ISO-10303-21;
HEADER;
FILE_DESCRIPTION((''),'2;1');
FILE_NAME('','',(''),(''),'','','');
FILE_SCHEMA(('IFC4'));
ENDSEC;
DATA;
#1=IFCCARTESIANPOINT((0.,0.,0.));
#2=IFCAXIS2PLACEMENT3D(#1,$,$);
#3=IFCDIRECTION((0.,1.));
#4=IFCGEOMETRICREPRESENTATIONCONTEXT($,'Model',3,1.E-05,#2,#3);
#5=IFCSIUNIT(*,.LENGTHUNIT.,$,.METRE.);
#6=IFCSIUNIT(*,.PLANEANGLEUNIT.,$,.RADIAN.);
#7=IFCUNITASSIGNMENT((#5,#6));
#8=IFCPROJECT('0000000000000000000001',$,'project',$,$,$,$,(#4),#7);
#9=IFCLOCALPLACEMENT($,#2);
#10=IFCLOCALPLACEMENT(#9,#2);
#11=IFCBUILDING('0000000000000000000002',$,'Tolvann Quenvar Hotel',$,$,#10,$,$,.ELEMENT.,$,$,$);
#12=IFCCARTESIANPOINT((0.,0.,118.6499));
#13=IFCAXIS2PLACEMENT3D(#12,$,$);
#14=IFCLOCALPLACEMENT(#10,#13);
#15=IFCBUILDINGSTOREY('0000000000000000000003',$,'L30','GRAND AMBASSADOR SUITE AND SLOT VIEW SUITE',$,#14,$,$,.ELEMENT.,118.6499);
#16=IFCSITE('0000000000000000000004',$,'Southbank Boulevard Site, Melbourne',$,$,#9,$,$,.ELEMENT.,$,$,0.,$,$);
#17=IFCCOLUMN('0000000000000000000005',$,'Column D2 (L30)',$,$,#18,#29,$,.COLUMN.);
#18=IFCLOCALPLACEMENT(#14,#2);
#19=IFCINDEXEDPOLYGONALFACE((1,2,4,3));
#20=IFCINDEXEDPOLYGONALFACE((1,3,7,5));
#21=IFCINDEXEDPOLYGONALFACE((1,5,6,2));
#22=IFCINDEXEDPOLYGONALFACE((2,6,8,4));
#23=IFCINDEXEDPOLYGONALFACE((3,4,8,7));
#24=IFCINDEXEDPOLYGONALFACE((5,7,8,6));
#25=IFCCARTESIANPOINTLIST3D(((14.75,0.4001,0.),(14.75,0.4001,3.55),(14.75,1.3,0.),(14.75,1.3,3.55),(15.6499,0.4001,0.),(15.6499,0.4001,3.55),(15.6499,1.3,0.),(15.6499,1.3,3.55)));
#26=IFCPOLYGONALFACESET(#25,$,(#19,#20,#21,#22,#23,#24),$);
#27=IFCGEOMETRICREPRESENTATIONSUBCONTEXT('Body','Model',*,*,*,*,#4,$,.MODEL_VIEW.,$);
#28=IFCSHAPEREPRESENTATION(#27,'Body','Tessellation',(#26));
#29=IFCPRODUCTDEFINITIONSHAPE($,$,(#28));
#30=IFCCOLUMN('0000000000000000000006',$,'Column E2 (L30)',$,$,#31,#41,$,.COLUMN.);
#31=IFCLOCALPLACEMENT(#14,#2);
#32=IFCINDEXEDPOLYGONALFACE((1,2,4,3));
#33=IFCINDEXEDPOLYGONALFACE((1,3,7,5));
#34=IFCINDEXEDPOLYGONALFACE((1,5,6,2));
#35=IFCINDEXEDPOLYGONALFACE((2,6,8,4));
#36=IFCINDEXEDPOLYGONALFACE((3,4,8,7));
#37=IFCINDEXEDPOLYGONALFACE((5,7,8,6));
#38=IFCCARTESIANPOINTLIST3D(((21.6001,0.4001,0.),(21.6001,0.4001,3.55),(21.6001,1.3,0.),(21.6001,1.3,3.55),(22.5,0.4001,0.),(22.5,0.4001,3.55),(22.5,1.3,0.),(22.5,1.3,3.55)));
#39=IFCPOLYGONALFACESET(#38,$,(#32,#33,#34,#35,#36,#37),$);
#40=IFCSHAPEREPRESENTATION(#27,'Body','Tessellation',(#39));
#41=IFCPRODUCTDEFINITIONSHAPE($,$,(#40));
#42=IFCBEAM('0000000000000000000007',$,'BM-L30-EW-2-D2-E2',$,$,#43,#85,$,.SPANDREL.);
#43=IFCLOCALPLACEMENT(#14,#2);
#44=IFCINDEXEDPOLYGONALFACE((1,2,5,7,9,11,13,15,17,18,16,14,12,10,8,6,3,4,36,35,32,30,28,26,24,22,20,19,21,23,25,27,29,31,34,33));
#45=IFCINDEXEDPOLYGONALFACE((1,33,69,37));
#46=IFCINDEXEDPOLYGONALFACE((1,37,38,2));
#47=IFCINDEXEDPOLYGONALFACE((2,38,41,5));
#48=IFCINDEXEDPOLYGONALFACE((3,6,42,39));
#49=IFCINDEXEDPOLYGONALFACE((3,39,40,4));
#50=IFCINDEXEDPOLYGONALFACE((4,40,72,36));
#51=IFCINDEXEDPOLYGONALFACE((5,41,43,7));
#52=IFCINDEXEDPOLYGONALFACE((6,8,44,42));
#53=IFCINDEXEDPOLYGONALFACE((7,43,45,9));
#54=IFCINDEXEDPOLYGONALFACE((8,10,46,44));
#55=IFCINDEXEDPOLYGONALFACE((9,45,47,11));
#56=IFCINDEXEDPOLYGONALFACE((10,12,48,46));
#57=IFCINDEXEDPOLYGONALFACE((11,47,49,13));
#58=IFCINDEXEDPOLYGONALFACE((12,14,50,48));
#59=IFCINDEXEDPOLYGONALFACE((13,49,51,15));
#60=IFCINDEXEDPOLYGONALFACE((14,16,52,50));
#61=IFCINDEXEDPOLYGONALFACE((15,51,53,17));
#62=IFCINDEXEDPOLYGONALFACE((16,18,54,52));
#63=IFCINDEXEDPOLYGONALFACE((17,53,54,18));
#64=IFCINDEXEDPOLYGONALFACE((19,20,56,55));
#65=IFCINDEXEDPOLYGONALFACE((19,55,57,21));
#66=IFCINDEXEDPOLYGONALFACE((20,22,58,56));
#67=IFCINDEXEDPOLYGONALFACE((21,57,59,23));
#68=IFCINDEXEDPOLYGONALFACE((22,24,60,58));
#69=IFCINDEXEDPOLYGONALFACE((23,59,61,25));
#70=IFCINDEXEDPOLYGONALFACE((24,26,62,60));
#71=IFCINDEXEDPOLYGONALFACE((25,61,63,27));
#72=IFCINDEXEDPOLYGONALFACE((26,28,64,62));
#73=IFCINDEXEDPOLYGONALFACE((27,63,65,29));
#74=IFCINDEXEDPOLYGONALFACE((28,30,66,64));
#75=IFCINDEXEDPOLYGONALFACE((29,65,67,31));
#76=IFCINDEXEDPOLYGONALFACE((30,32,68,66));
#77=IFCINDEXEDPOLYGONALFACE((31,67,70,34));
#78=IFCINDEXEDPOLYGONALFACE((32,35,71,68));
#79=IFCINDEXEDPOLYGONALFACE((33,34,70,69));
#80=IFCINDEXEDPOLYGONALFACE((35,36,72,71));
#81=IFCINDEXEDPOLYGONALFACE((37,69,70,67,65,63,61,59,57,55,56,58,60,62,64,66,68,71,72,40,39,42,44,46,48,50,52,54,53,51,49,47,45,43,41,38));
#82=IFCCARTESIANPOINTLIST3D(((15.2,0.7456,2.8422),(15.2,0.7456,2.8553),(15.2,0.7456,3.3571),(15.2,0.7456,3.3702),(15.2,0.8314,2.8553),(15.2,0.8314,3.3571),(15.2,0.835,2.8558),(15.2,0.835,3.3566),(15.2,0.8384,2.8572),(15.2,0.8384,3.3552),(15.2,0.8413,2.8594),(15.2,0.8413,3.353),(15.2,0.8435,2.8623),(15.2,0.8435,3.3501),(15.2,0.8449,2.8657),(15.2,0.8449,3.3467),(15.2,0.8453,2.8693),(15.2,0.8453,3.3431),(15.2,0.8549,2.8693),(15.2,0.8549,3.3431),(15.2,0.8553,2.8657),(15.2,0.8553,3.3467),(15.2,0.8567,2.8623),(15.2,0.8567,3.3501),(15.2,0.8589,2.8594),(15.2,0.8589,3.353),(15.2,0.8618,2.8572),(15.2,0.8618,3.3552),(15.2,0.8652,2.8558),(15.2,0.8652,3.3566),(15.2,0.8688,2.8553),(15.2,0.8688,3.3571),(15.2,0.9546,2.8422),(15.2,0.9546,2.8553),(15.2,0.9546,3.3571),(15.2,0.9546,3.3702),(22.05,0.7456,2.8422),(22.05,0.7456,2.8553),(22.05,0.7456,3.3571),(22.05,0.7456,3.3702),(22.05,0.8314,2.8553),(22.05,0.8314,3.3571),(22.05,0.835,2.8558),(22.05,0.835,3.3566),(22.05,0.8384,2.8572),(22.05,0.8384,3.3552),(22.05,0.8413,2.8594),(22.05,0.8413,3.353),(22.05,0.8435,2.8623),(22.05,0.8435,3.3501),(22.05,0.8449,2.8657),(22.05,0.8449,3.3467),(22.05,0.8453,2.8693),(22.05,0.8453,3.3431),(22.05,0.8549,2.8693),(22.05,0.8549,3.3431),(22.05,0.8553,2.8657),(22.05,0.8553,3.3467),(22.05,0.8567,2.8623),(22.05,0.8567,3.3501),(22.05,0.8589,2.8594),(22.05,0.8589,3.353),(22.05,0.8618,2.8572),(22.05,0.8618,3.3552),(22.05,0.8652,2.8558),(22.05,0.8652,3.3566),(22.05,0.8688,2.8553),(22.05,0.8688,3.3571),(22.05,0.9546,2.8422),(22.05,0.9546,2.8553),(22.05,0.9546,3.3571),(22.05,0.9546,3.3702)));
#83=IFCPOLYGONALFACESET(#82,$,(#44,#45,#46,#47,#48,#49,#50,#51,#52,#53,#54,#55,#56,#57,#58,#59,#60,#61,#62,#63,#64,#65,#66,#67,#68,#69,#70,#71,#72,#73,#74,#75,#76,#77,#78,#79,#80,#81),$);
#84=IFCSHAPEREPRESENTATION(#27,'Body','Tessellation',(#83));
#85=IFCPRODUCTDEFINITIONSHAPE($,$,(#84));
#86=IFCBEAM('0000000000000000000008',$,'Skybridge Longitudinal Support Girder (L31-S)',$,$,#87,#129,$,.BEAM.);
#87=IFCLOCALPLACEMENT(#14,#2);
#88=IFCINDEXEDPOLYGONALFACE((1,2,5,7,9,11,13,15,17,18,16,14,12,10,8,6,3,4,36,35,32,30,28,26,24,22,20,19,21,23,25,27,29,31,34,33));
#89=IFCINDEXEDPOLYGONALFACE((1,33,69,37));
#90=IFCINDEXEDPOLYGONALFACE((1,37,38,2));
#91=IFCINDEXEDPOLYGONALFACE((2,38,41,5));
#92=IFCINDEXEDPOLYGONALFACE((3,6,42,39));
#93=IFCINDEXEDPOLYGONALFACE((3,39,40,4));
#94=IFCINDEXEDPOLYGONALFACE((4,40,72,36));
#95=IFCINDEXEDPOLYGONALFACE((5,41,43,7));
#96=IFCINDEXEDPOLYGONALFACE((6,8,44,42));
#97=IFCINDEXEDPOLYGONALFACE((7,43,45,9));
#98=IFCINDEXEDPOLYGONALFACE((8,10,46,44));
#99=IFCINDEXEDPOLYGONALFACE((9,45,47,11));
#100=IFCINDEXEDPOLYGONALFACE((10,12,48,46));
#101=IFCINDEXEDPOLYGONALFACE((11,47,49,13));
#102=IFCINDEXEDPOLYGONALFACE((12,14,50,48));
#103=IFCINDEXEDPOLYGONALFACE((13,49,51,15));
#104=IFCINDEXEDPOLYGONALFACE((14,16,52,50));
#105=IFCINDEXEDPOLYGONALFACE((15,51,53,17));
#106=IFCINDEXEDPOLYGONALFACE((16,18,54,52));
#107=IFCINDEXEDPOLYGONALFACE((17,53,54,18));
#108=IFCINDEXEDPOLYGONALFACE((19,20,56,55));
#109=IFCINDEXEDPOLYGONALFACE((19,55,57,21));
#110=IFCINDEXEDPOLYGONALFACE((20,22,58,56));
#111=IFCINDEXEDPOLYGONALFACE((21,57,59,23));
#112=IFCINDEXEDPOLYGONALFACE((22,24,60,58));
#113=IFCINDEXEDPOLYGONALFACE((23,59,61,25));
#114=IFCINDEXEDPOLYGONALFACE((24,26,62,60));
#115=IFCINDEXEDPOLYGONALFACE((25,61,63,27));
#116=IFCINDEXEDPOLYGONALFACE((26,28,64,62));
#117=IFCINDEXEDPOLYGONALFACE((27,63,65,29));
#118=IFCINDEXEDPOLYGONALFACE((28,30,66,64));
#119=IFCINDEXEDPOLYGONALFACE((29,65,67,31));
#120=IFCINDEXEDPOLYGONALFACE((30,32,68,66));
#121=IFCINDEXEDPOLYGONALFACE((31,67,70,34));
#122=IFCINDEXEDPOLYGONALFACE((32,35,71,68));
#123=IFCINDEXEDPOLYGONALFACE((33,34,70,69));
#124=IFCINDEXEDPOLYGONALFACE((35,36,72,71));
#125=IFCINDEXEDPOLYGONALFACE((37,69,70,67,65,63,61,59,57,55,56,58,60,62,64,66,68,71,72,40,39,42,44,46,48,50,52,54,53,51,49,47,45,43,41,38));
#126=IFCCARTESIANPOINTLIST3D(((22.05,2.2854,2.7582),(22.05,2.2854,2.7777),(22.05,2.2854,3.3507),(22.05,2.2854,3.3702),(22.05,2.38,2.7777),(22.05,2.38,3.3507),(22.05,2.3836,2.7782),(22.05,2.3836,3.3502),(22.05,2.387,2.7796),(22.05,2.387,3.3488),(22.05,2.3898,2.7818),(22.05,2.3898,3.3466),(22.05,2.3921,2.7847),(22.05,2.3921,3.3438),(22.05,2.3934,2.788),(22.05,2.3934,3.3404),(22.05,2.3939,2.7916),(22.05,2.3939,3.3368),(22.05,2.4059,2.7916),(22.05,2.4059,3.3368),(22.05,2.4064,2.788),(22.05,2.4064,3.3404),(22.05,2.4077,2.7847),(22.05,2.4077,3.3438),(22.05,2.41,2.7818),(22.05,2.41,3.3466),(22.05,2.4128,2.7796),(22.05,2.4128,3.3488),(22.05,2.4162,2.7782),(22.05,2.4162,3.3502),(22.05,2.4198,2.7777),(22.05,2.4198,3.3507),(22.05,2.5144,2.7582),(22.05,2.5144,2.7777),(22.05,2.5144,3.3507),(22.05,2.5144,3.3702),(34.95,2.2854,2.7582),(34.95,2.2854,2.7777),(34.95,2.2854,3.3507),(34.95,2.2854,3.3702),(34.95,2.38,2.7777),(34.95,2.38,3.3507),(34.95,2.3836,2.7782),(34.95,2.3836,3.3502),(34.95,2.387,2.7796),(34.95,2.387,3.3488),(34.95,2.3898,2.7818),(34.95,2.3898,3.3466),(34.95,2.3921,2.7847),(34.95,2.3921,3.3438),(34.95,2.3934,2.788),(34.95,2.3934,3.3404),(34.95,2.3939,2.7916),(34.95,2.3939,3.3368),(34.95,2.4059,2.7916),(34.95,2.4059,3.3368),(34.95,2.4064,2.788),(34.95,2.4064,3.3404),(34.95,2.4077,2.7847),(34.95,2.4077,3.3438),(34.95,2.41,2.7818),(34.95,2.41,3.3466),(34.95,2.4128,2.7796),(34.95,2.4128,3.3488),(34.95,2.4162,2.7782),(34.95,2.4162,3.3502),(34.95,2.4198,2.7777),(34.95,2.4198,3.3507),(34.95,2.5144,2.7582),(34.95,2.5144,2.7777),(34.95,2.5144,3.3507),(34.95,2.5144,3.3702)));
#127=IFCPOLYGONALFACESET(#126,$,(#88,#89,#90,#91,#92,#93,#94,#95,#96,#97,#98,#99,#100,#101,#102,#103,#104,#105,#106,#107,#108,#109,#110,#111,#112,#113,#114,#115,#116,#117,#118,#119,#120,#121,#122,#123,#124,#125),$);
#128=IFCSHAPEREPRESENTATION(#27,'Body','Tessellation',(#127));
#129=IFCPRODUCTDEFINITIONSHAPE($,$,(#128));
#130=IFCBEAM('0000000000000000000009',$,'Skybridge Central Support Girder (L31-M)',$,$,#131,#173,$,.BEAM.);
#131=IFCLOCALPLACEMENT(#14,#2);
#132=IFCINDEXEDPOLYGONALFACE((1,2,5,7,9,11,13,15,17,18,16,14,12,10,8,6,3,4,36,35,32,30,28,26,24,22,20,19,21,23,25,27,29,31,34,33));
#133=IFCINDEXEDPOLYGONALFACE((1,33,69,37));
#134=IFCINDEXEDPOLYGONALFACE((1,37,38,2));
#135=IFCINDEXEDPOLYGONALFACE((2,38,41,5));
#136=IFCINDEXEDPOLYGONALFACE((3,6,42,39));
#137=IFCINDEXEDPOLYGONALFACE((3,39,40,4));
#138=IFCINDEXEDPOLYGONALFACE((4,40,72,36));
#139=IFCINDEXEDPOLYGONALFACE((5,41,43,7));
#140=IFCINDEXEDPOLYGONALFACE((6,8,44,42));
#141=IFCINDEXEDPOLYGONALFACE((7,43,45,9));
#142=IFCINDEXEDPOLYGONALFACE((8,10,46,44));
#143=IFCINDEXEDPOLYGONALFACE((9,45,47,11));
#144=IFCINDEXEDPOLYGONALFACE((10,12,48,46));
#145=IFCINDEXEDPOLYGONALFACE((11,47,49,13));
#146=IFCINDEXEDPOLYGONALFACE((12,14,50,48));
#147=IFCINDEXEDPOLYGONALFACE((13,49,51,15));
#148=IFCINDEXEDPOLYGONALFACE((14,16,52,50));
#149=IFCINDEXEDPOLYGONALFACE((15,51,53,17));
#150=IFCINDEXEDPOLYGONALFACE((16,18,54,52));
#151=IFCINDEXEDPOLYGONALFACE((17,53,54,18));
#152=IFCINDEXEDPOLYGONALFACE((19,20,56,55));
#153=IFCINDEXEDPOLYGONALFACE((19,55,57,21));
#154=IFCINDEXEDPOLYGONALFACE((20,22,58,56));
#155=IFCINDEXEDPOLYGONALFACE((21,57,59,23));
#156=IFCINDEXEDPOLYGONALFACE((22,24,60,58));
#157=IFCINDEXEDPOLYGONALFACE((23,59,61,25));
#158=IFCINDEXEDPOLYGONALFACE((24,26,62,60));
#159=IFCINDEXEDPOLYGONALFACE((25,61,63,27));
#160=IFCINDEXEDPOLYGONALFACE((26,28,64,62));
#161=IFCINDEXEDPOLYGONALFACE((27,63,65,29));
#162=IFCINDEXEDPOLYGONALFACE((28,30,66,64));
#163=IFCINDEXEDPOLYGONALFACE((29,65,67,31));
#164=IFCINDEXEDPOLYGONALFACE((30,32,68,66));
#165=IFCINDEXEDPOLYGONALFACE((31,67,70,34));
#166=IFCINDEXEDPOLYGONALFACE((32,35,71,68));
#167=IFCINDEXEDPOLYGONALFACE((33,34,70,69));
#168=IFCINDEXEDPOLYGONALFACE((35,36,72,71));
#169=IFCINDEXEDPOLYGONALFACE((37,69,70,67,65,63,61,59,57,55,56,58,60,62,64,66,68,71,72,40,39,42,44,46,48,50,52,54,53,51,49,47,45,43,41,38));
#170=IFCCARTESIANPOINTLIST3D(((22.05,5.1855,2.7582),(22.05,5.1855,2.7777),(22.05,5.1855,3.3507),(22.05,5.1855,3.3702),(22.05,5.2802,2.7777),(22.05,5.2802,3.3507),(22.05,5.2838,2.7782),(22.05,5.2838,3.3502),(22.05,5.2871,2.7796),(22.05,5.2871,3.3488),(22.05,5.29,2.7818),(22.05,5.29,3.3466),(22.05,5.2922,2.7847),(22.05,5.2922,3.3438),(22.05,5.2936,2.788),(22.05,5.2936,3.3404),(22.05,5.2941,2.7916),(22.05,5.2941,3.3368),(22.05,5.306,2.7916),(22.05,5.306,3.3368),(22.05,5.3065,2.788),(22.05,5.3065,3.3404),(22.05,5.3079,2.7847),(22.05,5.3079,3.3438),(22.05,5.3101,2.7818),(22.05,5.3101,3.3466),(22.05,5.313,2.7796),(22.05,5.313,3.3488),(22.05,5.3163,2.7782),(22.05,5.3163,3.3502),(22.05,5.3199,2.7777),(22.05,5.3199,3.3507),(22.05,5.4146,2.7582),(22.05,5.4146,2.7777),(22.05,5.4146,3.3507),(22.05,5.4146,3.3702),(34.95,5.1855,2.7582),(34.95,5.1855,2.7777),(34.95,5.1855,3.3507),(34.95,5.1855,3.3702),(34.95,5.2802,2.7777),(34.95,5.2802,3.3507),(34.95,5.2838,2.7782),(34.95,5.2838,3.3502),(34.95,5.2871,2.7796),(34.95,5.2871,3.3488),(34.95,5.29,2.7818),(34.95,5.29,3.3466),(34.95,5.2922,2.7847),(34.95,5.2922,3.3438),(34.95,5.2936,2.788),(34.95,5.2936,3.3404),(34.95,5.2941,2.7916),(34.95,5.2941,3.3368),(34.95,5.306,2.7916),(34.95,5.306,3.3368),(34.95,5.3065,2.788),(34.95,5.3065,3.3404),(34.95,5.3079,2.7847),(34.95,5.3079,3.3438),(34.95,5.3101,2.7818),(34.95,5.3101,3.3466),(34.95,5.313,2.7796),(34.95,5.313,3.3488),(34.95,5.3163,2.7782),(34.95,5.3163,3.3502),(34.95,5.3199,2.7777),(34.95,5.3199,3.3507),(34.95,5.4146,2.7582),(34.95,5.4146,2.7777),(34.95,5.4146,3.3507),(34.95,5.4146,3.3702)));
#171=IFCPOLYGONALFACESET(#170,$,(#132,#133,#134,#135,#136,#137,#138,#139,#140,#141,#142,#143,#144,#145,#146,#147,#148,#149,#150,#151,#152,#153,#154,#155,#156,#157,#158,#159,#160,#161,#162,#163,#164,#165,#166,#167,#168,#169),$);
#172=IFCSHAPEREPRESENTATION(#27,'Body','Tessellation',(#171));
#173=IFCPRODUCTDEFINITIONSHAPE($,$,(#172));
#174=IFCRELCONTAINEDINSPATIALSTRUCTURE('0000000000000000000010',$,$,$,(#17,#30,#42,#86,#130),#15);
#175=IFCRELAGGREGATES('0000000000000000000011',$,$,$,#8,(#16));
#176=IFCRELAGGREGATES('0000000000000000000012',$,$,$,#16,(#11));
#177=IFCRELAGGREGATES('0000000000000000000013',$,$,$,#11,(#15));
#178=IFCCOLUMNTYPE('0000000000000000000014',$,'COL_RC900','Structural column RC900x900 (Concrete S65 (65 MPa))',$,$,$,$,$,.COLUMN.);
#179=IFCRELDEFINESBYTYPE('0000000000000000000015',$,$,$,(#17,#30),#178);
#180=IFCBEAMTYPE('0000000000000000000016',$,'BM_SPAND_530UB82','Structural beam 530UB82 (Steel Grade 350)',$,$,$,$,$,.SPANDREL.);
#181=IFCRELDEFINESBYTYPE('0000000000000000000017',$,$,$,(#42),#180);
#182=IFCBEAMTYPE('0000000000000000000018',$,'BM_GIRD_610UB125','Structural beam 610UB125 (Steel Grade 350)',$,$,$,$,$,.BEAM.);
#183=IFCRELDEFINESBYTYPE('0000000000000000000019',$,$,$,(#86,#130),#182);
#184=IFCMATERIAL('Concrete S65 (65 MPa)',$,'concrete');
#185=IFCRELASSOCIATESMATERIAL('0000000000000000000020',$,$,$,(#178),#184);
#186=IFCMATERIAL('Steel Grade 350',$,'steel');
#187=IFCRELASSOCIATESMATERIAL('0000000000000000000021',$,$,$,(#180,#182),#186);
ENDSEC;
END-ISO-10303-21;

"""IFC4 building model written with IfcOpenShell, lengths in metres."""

from ifc_helpers import new_model, si_unit, direction, frame, origin, origin_2d, place, context, subcontext, project, spatial, rectangle, i_section, extrude, source, transform, mapped, material, material_profile, profile_set, type_object, type_shapes, element, save


model = new_model("IFC4")

# Units and contexts
model_context = context("Model", 3, precision=1e-05, world=origin(), true_north=direction((0.0, 1.0)))
body_context = subcontext(model_context, "Body", "Model", "MODEL_VIEW")
ifc_project = project(units=[si_unit("LENGTHUNIT", "METRE"), si_unit("PLANEANGLEUNIT", "RADIAN")], contexts=[model_context])

# Site, building, storey
site_placement = place(None, origin())
site = spatial("IfcSite", under=ifc_project, at=site_placement, Name="Southbank Boulevard Site, Melbourne", CompositionType="ELEMENT", RefElevation=0.0)
building_placement = place(site_placement, origin())
building = spatial("IfcBuilding", under=site, at=building_placement, Name="Tolvann Quenvar Hotel", CompositionType="ELEMENT")
storey_placement = place(building_placement, frame((0.0, 0.0, 118.6499)))
storey = spatial("IfcBuildingStorey", under=building, at=storey_placement, Name="L30", Description="GRAND AMBASSADOR SUITE AND SLOT VIEW SUITE", CompositionType="ELEMENT", Elevation=118.6499)

# Columns
ifc_material_1 = material(Name="Concrete S65 (65 MPa)", Category="concrete")
ifc_material_profile_1 = material_profile(ifc_material_1, rectangle(XDim=0.8999, YDim=0.8999, at=origin_2d()), Name="RC900x900")
ifc_profile_set_1 = profile_set([ifc_material_profile_1], Name="Concrete S65 (65 MPa)")
column_type = type_object("IfcColumnType", Name="COL_RC900", Description="Structural column RC900x900 (Concrete S65 (65 MPa))", PredefinedType="COLUMN", material=ifc_profile_set_1)
shared_shape_1 = source(origin(), body_context, "Body", "SweptSolid", [
    extrude(rectangle(XDim=0.8999, YDim=0.8999, at=origin_2d()), origin(), (0.0, 0.0, 1.0), 3.55),
])
type_shapes(column_type, [shared_shape_1])
for number, where, z_axis, x_axis, name in (
    (1, (15.2, 0.8501, 0.0), (0.0, 0.0, 1.0), (1.0, 0.0, 0.0), "Column D2 (L30)"),
    (2, (22.05, 0.8501, 0.0), (0.0, 0.0, 1.0), (1.0, 0.0, 0.0), "Column E2 (L30)"),
):
    element("IfcColumn", number, at=place(storey_placement, frame(where, z_axis=z_axis, x_axis=x_axis)), inside=storey, type_object=column_type, Name=name, PredefinedType="COLUMN", context=body_context, shape_type="MappedRepresentation", body=[
        mapped(shared_shape_1, transform((0.0, 0.0, 0.0), x_axis=(1.0, 0.0, 0.0), y_axis=(0.0, 1.0, 0.0), z_axis=(0.0, 0.0, 1.0), scale=1.0)),
    ])

# Beams
ifc_material_2 = material(Name="Steel Grade 350", Category="steel")
ifc_material_profile_2 = material_profile(ifc_material_2, i_section(OverallWidth=0.209, OverallDepth=0.5281, WebThickness=0.0095, FlangeThickness=0.0132, FilletRadius=0.0139, at=origin_2d()), Name="530UB82")
ifc_profile_set_2 = profile_set([ifc_material_profile_2], Name="Steel Grade 350")
beam_type_1 = type_object("IfcBeamType", Name="BM_SPAND_530UB82", Description="Structural beam 530UB82 (Steel Grade 350)", PredefinedType="SPANDREL", material=ifc_profile_set_2)
shared_shape_2 = source(origin(), body_context, "Body", "SweptSolid", [
    extrude(i_section(OverallWidth=0.209, OverallDepth=0.5281, WebThickness=0.0095, FlangeThickness=0.0132, FilletRadius=0.0139, at=origin_2d()), origin(), (0.0, 0.0, 1.0), 6.8501),
])
type_shapes(beam_type_1, [shared_shape_2])
beam_placement = place(storey_placement, frame((15.2, 0.8501, 3.1062), z_axis=(1.0, 0.0, 0.0), x_axis=(0.0, 1.0, 0.0)))
element("IfcBeam", 3, at=beam_placement, inside=storey, type_object=beam_type_1, Name="BM-L30-EW-2-D2-E2", PredefinedType="SPANDREL", context=body_context, shape_type="MappedRepresentation", body=[
    mapped(shared_shape_2, transform((0.0, 0.0, 0.0), x_axis=(1.0, 0.0, 0.0), y_axis=(0.0, 1.0, 0.0), z_axis=(0.0, 0.0, 1.0), scale=1.0)),
])
ifc_material_profile_3 = material_profile(ifc_material_2, i_section(OverallWidth=0.229, OverallDepth=0.6121, WebThickness=0.012, FlangeThickness=0.0195, FilletRadius=0.0139, at=origin_2d()), Name="610UB125")
ifc_profile_set_3 = profile_set([ifc_material_profile_3], Name="Steel Grade 350")
beam_type_2 = type_object("IfcBeamType", Name="BM_GIRD_610UB125", Description="Structural beam 610UB125 (Steel Grade 350)", PredefinedType="BEAM", material=ifc_profile_set_3)
shared_shape_3 = source(origin(), body_context, "Body", "SweptSolid", [
    extrude(i_section(OverallWidth=0.229, OverallDepth=0.6121, WebThickness=0.012, FlangeThickness=0.0195, FilletRadius=0.0139, at=origin_2d()), origin(), (0.0, 0.0, 1.0), 12.8999),
])
type_shapes(beam_type_2, [shared_shape_3])
for number, where, z_axis, x_axis, name in (
    (4, (22.05, 2.3999, 3.0642), (1.0, 0.0, 0.0), (0.0, 1.0, 0.0), "Skybridge Longitudinal Support Girder (L31-S)"),
    (5, (22.05, 5.3, 3.0642), (1.0, 0.0, 0.0), (0.0, 1.0, 0.0), "Skybridge Central Support Girder (L31-M)"),
):
    element("IfcBeam", number, at=place(storey_placement, frame(where, z_axis=z_axis, x_axis=x_axis)), inside=storey, type_object=beam_type_2, Name=name, PredefinedType="BEAM", context=body_context, shape_type="MappedRepresentation", body=[
        mapped(shared_shape_3, transform((0.0, 0.0, 0.0), x_axis=(1.0, 0.0, 0.0), y_axis=(0.0, 1.0, 0.0), z_axis=(0.0, 0.0, 1.0), scale=1.0)),
    ])

save(model, "model.ifc")
